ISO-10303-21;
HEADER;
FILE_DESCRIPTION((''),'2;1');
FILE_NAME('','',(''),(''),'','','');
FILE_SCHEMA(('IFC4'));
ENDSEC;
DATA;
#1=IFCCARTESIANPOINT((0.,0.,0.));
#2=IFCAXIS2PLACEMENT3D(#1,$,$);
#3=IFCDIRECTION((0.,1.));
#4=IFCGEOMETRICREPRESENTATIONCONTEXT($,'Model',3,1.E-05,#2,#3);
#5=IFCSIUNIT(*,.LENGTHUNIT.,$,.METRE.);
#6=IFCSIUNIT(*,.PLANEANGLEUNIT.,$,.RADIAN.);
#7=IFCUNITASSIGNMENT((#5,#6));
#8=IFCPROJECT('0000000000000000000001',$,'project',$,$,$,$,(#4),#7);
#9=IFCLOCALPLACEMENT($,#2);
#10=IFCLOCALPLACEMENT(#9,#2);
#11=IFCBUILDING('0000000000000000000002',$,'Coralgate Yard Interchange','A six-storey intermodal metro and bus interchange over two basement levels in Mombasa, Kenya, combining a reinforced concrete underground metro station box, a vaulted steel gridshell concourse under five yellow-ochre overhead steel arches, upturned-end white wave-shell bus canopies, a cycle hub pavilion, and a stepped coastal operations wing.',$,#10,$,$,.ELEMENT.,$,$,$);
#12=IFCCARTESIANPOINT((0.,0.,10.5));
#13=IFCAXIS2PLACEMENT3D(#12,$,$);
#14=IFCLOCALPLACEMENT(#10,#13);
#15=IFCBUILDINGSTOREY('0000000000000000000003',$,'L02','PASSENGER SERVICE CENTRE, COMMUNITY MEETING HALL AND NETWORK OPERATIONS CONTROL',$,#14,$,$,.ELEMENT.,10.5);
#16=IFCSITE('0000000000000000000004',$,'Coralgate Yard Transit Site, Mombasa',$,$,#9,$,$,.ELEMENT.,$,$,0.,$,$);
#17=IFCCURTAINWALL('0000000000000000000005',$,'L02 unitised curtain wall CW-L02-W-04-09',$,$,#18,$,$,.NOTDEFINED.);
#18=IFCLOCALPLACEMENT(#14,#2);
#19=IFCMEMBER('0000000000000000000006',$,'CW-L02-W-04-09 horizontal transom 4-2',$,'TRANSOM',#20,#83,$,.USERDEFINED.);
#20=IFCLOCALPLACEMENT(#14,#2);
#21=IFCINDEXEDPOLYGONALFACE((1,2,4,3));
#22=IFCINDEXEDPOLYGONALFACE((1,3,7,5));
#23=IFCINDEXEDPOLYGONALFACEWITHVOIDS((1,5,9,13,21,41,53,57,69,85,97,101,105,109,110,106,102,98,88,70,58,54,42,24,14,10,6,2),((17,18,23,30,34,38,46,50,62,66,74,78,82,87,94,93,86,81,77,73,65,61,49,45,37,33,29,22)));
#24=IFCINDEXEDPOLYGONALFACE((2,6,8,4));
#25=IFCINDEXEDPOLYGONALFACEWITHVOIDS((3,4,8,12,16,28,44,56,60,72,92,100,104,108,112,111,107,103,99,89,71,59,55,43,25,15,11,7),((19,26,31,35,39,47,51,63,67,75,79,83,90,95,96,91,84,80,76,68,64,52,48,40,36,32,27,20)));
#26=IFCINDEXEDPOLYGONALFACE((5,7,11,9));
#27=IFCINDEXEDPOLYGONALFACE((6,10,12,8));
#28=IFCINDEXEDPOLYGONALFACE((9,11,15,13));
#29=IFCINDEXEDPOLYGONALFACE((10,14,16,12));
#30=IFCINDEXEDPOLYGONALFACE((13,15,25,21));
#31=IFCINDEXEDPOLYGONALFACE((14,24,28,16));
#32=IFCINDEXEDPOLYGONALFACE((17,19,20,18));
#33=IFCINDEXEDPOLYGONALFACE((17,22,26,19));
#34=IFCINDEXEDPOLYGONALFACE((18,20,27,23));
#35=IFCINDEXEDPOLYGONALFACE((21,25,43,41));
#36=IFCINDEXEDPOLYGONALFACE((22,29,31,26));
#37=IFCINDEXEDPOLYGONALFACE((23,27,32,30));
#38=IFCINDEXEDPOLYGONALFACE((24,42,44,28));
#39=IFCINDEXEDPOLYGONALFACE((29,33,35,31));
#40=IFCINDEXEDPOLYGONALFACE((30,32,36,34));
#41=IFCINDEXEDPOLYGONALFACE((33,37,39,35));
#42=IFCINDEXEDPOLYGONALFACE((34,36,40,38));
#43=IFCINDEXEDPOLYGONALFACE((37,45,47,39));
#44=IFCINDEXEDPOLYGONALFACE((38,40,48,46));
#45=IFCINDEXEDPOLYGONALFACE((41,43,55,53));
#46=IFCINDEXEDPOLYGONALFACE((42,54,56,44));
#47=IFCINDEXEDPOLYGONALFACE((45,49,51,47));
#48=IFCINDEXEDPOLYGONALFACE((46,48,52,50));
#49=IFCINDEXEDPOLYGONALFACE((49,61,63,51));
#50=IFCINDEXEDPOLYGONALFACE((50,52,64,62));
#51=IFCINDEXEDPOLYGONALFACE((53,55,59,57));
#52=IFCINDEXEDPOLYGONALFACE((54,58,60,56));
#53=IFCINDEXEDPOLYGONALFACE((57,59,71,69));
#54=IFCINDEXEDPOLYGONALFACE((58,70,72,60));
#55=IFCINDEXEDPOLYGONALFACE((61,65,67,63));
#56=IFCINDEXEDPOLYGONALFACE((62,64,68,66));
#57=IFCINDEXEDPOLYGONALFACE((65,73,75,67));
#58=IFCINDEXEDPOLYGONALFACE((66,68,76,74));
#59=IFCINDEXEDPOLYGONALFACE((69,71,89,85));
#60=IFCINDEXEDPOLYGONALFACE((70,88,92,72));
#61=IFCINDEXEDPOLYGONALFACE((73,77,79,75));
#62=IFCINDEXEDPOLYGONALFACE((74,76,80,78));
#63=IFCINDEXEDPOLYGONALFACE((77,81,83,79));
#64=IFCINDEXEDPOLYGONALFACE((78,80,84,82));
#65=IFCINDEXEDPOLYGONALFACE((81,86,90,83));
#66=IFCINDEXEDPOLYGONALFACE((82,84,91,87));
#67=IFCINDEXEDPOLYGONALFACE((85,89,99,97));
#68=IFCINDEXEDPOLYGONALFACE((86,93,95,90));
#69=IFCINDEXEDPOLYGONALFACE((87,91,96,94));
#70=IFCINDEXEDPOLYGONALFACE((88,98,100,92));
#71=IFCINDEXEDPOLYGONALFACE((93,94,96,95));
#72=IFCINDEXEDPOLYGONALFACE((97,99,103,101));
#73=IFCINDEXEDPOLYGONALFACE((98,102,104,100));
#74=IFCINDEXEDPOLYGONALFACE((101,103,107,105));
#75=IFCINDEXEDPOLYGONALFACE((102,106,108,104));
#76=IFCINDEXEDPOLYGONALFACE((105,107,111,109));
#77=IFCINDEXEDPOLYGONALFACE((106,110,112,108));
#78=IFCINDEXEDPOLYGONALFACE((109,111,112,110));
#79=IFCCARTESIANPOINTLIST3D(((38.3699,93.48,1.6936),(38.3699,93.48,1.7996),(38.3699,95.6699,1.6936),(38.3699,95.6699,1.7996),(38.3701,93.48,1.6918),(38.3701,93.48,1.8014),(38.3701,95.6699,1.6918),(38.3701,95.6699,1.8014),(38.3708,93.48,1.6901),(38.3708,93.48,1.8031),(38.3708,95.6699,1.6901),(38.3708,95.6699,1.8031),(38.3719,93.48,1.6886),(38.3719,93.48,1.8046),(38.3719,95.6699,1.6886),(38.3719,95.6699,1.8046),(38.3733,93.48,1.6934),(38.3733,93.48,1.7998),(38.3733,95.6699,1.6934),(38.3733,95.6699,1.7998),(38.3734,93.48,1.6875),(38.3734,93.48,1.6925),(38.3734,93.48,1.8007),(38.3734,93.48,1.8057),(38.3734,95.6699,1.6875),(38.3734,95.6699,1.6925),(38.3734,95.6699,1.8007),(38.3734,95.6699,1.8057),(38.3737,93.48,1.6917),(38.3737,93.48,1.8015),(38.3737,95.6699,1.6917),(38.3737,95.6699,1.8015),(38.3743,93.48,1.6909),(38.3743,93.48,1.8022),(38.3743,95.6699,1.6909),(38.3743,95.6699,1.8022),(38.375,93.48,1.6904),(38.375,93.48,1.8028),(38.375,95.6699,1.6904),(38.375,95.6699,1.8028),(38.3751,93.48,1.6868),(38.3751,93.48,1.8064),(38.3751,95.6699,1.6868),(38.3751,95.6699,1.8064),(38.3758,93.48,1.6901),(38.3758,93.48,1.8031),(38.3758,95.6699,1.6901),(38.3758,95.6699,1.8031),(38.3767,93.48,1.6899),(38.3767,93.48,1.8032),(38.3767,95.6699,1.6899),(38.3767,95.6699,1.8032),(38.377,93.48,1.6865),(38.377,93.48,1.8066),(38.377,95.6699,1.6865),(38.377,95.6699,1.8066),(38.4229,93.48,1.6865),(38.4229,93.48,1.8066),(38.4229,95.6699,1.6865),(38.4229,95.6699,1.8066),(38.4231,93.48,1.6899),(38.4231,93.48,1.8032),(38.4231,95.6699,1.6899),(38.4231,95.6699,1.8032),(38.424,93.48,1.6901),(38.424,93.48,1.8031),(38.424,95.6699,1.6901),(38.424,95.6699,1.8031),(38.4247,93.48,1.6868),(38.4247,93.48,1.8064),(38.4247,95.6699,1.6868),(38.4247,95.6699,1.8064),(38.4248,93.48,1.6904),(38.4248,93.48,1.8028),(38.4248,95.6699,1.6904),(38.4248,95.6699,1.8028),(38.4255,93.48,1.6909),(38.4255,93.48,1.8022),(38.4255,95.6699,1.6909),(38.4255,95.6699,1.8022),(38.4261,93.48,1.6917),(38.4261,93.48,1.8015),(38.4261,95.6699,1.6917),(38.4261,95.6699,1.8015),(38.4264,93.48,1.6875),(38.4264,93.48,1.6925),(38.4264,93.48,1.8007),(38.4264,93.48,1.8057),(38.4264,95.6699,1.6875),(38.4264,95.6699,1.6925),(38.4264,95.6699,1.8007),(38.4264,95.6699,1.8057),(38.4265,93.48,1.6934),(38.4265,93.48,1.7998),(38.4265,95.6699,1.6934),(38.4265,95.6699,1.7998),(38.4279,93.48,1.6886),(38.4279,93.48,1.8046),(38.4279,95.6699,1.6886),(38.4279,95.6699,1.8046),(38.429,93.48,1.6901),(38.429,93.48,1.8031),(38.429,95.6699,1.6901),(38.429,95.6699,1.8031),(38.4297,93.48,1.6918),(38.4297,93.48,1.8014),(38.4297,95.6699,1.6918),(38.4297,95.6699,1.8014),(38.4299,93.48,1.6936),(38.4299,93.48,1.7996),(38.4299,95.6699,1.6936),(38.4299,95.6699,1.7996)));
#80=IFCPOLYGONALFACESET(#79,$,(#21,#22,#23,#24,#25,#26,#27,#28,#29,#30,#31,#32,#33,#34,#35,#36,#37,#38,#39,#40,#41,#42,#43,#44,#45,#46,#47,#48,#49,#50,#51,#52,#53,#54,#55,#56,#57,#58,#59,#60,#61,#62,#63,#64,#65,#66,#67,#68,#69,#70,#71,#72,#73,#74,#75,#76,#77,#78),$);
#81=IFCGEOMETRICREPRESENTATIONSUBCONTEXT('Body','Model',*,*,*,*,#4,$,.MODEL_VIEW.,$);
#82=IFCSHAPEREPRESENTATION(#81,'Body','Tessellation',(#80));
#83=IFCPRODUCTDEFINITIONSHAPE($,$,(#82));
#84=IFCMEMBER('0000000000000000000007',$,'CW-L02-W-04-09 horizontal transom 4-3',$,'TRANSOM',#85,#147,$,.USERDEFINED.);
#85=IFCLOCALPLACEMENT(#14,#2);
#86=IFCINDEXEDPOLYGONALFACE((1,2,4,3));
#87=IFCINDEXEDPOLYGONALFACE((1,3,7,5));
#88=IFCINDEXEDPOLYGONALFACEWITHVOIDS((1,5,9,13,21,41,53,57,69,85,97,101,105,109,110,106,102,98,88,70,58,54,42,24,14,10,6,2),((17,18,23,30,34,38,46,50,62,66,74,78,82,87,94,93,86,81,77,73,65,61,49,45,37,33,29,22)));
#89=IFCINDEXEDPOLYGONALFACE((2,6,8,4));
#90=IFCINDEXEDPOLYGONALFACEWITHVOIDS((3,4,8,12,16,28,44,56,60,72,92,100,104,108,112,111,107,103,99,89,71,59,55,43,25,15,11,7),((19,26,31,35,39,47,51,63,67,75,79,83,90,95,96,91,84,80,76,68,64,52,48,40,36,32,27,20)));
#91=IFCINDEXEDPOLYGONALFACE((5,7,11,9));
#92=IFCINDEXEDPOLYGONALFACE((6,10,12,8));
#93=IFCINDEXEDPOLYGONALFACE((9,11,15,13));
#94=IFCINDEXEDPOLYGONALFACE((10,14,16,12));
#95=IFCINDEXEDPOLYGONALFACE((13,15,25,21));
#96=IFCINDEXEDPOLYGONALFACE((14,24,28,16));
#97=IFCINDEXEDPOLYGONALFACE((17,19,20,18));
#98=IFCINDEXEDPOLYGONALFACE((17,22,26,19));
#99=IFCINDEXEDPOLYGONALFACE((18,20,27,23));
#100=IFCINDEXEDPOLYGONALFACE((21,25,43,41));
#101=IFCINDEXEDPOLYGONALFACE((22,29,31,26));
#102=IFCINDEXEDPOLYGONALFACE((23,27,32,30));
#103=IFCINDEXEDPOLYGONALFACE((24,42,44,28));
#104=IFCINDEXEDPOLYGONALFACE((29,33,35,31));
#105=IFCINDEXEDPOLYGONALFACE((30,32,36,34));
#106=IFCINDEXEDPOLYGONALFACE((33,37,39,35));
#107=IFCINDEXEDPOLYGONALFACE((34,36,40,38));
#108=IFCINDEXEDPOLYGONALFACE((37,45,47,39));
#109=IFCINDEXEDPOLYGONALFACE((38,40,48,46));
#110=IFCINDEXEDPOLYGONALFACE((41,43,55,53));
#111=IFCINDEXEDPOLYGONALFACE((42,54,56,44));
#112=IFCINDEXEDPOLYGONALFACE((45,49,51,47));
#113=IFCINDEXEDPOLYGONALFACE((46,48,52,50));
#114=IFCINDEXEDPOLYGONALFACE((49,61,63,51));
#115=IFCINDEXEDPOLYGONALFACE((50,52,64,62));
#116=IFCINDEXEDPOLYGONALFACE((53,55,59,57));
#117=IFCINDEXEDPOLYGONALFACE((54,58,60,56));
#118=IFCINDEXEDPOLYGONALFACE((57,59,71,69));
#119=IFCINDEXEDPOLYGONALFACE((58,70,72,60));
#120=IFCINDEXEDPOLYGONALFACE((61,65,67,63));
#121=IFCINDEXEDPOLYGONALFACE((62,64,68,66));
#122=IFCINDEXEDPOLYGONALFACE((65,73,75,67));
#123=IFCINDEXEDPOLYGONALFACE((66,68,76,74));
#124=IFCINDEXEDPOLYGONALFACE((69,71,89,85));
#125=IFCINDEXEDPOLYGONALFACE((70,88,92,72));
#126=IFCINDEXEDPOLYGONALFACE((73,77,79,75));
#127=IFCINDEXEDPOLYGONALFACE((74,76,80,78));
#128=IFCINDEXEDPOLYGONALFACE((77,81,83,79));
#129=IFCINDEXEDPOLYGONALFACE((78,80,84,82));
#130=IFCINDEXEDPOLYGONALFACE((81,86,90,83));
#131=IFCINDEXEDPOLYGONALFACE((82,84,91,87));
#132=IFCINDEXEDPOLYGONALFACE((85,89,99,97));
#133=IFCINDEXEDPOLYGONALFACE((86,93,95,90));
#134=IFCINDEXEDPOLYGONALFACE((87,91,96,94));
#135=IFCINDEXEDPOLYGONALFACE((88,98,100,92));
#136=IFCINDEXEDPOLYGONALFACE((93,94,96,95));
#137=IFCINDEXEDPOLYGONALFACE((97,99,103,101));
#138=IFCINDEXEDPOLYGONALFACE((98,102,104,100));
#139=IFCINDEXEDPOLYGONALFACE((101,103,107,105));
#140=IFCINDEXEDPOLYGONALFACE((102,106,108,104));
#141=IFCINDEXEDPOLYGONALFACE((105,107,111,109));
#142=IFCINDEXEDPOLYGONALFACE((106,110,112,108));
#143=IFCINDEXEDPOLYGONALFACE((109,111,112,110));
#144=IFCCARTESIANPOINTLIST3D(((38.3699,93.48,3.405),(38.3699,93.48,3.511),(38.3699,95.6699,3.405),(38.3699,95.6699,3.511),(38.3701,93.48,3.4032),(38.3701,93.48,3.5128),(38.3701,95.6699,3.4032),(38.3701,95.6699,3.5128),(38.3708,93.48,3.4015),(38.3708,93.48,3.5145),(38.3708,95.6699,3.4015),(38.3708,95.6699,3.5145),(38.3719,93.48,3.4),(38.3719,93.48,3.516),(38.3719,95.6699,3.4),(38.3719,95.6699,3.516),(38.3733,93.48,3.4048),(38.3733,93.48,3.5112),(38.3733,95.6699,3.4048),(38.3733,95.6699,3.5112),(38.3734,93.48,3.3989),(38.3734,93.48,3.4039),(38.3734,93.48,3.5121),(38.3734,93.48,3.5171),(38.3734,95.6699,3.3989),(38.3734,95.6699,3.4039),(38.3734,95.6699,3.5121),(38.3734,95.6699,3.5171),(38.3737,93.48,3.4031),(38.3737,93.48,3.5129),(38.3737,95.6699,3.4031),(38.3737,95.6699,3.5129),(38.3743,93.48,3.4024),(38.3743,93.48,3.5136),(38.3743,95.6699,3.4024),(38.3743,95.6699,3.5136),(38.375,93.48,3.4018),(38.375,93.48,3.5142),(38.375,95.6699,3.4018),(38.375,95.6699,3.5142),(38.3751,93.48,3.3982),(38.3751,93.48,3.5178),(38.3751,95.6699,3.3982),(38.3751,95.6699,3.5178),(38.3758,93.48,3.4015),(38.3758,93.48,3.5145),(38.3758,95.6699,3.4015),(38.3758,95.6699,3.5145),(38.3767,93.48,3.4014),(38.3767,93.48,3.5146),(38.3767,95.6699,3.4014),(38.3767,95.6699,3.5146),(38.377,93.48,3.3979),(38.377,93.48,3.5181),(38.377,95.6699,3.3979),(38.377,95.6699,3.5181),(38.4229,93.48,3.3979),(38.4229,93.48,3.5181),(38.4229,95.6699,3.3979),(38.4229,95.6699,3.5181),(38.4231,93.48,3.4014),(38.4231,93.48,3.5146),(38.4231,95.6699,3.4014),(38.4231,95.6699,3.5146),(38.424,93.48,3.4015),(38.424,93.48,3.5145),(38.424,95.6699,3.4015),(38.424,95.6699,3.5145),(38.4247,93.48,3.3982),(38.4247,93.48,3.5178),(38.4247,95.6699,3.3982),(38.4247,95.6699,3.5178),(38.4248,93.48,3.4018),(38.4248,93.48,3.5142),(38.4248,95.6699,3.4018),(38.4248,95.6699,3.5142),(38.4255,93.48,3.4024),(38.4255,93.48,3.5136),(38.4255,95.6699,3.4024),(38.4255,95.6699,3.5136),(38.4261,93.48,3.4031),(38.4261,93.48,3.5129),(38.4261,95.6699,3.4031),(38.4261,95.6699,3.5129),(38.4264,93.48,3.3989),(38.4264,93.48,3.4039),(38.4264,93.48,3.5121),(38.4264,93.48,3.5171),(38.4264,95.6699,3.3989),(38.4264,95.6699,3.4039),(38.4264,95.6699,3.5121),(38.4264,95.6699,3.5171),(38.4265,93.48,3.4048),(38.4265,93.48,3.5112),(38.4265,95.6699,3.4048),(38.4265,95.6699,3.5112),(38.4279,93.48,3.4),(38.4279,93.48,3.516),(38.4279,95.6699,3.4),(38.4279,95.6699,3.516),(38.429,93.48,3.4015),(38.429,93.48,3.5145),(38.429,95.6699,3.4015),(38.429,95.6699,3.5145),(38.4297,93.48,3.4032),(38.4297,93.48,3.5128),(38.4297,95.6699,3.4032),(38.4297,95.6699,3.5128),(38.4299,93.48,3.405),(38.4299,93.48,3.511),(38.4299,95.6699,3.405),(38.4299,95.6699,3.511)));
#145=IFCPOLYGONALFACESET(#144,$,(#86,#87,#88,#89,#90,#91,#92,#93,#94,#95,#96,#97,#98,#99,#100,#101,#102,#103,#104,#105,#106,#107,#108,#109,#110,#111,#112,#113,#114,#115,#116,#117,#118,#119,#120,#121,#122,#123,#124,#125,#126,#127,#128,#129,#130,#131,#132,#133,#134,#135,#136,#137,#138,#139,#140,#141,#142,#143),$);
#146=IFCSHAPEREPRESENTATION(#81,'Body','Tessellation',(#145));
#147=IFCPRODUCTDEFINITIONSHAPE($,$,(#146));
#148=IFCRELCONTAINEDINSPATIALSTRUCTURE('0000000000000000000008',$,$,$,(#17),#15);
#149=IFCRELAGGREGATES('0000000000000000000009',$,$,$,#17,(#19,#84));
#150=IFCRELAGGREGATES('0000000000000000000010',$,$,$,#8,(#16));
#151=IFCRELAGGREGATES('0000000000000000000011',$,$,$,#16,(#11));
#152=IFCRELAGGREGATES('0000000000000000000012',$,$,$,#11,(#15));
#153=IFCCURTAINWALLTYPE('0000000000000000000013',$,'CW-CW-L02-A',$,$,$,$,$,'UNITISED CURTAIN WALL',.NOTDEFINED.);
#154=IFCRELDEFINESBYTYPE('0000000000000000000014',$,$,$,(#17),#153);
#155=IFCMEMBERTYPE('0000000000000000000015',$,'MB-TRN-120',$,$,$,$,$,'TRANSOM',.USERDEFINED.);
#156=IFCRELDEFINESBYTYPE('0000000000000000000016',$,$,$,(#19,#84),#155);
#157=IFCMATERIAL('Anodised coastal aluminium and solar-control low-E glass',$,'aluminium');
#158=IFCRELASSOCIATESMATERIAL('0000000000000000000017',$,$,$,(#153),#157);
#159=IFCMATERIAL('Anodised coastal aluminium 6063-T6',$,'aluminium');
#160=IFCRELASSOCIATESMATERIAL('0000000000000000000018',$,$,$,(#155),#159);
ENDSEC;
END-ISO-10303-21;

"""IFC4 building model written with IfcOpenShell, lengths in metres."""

from ifc_helpers import new_model, si_unit, direction, frame, origin, origin_2d, place, context, subcontext, project, spatial, hollow_rectangle, extrude, material, material_profile, profile_set, type_object, element, aggregate, save


model = new_model("IFC4")

# Units and contexts
model_context = context("Model", 3, precision=1e-05, world=origin(), true_north=direction((0.0, 1.0)))
body_context = subcontext(model_context, "Body", "Model", "MODEL_VIEW")
ifc_project = project(units=[si_unit("LENGTHUNIT", "METRE"), si_unit("PLANEANGLEUNIT", "RADIAN")], contexts=[model_context])

# Site, building, storey
site_placement = place(None, origin())
site = spatial("IfcSite", under=ifc_project, at=site_placement, Name="Coralgate Yard Transit Site, Mombasa", CompositionType="ELEMENT", RefElevation=0.0)
building_placement = place(site_placement, origin())
building = spatial("IfcBuilding", under=site, at=building_placement, Name="Coralgate Yard Interchange", Description="A six-storey intermodal metro and bus interchange over two basement levels in Mombasa, Kenya, combining a reinforced concrete underground metro station box, a vaulted steel gridshell concourse under five yellow-ochre overhead steel arches, upturned-end white wave-shell bus canopies, a cycle hub pavilion, and a stepped coastal operations wing.", CompositionType="ELEMENT")
storey_placement = place(building_placement, frame((0.0, 0.0, 10.5)))
storey = spatial("IfcBuildingStorey", under=building, at=storey_placement, Name="L02", Description="PASSENGER SERVICE CENTRE, COMMUNITY MEETING HALL AND NETWORK OPERATIONS CONTROL", CompositionType="ELEMENT", Elevation=10.5)

# Curtain wall
ifc_material_1 = material(Name="Anodised coastal aluminium and solar-control low-E glass", Category="aluminium")
curtain_wall_type = type_object("IfcCurtainWallType", Name="CW-CW-L02-A", ElementType="UNITISED CURTAIN WALL", PredefinedType="NOTDEFINED", material=ifc_material_1)
curtain_wall_1_placement = place(storey_placement, origin())
curtain_wall_1 = element("IfcCurtainWall", 1, at=curtain_wall_1_placement, inside=storey, type_object=curtain_wall_type, Name="L02 unitised curtain wall CW-L02-W-04-09", PredefinedType="NOTDEFINED")
ifc_material_2 = material(Name="Anodised coastal aluminium 6063-T6", Category="aluminium")

# Members
ifc_material_profile_1 = material_profile(ifc_material_2, hollow_rectangle(XDim=0.0601, YDim=0.1201, WallThickness=0.0034, InnerFilletRadius=0.0034, OuterFilletRadius=0.0071, at=origin_2d()), Name="ALU 60x120x3.5")
ifc_profile_set_1 = profile_set([ifc_material_profile_1], Name="Anodised coastal aluminium 6063-T6")
member_type_1 = type_object("IfcMemberType", Name="MB-TRN-120", ElementType="TRANSOM", PredefinedType="USERDEFINED", material=ifc_profile_set_1)
member_1_placement = place(storey_placement, frame((38.3999, 93.48, 1.7466), z_axis=(0.0, 1.0, 0.0), x_axis=(-1.0, 0.0, 0.0)))
member_1 = element("IfcMember", 2, at=member_1_placement, type_object=member_type_1, Name="CW-L02-W-04-09 horizontal transom 4-2", ObjectType="TRANSOM", PredefinedType="USERDEFINED", context=body_context, shape_type="SweptSolid", body=[
    extrude(hollow_rectangle(XDim=0.0601, YDim=0.1201, WallThickness=0.0034, InnerFilletRadius=0.0034, OuterFilletRadius=0.0071, at=origin_2d()), origin(), (0.0, 0.0, 1.0), 2.1899),
])
member_2_placement = place(storey_placement, frame((38.3999, 93.48, 3.458), z_axis=(0.0, 1.0, 0.0), x_axis=(-1.0, 0.0, 0.0)))
member_2 = element("IfcMember", 3, at=member_2_placement, type_object=member_type_1, Name="CW-L02-W-04-09 horizontal transom 4-3", ObjectType="TRANSOM", PredefinedType="USERDEFINED", context=body_context, shape_type="SweptSolid", body=[
    extrude(hollow_rectangle(XDim=0.0601, YDim=0.1201, WallThickness=0.0034, InnerFilletRadius=0.0034, OuterFilletRadius=0.0071, at=origin_2d()), origin(), (0.0, 0.0, 1.0), 2.1899),
])

aggregate(curtain_wall_1, [member_1, member_2])

save(model, "model.ifc")
